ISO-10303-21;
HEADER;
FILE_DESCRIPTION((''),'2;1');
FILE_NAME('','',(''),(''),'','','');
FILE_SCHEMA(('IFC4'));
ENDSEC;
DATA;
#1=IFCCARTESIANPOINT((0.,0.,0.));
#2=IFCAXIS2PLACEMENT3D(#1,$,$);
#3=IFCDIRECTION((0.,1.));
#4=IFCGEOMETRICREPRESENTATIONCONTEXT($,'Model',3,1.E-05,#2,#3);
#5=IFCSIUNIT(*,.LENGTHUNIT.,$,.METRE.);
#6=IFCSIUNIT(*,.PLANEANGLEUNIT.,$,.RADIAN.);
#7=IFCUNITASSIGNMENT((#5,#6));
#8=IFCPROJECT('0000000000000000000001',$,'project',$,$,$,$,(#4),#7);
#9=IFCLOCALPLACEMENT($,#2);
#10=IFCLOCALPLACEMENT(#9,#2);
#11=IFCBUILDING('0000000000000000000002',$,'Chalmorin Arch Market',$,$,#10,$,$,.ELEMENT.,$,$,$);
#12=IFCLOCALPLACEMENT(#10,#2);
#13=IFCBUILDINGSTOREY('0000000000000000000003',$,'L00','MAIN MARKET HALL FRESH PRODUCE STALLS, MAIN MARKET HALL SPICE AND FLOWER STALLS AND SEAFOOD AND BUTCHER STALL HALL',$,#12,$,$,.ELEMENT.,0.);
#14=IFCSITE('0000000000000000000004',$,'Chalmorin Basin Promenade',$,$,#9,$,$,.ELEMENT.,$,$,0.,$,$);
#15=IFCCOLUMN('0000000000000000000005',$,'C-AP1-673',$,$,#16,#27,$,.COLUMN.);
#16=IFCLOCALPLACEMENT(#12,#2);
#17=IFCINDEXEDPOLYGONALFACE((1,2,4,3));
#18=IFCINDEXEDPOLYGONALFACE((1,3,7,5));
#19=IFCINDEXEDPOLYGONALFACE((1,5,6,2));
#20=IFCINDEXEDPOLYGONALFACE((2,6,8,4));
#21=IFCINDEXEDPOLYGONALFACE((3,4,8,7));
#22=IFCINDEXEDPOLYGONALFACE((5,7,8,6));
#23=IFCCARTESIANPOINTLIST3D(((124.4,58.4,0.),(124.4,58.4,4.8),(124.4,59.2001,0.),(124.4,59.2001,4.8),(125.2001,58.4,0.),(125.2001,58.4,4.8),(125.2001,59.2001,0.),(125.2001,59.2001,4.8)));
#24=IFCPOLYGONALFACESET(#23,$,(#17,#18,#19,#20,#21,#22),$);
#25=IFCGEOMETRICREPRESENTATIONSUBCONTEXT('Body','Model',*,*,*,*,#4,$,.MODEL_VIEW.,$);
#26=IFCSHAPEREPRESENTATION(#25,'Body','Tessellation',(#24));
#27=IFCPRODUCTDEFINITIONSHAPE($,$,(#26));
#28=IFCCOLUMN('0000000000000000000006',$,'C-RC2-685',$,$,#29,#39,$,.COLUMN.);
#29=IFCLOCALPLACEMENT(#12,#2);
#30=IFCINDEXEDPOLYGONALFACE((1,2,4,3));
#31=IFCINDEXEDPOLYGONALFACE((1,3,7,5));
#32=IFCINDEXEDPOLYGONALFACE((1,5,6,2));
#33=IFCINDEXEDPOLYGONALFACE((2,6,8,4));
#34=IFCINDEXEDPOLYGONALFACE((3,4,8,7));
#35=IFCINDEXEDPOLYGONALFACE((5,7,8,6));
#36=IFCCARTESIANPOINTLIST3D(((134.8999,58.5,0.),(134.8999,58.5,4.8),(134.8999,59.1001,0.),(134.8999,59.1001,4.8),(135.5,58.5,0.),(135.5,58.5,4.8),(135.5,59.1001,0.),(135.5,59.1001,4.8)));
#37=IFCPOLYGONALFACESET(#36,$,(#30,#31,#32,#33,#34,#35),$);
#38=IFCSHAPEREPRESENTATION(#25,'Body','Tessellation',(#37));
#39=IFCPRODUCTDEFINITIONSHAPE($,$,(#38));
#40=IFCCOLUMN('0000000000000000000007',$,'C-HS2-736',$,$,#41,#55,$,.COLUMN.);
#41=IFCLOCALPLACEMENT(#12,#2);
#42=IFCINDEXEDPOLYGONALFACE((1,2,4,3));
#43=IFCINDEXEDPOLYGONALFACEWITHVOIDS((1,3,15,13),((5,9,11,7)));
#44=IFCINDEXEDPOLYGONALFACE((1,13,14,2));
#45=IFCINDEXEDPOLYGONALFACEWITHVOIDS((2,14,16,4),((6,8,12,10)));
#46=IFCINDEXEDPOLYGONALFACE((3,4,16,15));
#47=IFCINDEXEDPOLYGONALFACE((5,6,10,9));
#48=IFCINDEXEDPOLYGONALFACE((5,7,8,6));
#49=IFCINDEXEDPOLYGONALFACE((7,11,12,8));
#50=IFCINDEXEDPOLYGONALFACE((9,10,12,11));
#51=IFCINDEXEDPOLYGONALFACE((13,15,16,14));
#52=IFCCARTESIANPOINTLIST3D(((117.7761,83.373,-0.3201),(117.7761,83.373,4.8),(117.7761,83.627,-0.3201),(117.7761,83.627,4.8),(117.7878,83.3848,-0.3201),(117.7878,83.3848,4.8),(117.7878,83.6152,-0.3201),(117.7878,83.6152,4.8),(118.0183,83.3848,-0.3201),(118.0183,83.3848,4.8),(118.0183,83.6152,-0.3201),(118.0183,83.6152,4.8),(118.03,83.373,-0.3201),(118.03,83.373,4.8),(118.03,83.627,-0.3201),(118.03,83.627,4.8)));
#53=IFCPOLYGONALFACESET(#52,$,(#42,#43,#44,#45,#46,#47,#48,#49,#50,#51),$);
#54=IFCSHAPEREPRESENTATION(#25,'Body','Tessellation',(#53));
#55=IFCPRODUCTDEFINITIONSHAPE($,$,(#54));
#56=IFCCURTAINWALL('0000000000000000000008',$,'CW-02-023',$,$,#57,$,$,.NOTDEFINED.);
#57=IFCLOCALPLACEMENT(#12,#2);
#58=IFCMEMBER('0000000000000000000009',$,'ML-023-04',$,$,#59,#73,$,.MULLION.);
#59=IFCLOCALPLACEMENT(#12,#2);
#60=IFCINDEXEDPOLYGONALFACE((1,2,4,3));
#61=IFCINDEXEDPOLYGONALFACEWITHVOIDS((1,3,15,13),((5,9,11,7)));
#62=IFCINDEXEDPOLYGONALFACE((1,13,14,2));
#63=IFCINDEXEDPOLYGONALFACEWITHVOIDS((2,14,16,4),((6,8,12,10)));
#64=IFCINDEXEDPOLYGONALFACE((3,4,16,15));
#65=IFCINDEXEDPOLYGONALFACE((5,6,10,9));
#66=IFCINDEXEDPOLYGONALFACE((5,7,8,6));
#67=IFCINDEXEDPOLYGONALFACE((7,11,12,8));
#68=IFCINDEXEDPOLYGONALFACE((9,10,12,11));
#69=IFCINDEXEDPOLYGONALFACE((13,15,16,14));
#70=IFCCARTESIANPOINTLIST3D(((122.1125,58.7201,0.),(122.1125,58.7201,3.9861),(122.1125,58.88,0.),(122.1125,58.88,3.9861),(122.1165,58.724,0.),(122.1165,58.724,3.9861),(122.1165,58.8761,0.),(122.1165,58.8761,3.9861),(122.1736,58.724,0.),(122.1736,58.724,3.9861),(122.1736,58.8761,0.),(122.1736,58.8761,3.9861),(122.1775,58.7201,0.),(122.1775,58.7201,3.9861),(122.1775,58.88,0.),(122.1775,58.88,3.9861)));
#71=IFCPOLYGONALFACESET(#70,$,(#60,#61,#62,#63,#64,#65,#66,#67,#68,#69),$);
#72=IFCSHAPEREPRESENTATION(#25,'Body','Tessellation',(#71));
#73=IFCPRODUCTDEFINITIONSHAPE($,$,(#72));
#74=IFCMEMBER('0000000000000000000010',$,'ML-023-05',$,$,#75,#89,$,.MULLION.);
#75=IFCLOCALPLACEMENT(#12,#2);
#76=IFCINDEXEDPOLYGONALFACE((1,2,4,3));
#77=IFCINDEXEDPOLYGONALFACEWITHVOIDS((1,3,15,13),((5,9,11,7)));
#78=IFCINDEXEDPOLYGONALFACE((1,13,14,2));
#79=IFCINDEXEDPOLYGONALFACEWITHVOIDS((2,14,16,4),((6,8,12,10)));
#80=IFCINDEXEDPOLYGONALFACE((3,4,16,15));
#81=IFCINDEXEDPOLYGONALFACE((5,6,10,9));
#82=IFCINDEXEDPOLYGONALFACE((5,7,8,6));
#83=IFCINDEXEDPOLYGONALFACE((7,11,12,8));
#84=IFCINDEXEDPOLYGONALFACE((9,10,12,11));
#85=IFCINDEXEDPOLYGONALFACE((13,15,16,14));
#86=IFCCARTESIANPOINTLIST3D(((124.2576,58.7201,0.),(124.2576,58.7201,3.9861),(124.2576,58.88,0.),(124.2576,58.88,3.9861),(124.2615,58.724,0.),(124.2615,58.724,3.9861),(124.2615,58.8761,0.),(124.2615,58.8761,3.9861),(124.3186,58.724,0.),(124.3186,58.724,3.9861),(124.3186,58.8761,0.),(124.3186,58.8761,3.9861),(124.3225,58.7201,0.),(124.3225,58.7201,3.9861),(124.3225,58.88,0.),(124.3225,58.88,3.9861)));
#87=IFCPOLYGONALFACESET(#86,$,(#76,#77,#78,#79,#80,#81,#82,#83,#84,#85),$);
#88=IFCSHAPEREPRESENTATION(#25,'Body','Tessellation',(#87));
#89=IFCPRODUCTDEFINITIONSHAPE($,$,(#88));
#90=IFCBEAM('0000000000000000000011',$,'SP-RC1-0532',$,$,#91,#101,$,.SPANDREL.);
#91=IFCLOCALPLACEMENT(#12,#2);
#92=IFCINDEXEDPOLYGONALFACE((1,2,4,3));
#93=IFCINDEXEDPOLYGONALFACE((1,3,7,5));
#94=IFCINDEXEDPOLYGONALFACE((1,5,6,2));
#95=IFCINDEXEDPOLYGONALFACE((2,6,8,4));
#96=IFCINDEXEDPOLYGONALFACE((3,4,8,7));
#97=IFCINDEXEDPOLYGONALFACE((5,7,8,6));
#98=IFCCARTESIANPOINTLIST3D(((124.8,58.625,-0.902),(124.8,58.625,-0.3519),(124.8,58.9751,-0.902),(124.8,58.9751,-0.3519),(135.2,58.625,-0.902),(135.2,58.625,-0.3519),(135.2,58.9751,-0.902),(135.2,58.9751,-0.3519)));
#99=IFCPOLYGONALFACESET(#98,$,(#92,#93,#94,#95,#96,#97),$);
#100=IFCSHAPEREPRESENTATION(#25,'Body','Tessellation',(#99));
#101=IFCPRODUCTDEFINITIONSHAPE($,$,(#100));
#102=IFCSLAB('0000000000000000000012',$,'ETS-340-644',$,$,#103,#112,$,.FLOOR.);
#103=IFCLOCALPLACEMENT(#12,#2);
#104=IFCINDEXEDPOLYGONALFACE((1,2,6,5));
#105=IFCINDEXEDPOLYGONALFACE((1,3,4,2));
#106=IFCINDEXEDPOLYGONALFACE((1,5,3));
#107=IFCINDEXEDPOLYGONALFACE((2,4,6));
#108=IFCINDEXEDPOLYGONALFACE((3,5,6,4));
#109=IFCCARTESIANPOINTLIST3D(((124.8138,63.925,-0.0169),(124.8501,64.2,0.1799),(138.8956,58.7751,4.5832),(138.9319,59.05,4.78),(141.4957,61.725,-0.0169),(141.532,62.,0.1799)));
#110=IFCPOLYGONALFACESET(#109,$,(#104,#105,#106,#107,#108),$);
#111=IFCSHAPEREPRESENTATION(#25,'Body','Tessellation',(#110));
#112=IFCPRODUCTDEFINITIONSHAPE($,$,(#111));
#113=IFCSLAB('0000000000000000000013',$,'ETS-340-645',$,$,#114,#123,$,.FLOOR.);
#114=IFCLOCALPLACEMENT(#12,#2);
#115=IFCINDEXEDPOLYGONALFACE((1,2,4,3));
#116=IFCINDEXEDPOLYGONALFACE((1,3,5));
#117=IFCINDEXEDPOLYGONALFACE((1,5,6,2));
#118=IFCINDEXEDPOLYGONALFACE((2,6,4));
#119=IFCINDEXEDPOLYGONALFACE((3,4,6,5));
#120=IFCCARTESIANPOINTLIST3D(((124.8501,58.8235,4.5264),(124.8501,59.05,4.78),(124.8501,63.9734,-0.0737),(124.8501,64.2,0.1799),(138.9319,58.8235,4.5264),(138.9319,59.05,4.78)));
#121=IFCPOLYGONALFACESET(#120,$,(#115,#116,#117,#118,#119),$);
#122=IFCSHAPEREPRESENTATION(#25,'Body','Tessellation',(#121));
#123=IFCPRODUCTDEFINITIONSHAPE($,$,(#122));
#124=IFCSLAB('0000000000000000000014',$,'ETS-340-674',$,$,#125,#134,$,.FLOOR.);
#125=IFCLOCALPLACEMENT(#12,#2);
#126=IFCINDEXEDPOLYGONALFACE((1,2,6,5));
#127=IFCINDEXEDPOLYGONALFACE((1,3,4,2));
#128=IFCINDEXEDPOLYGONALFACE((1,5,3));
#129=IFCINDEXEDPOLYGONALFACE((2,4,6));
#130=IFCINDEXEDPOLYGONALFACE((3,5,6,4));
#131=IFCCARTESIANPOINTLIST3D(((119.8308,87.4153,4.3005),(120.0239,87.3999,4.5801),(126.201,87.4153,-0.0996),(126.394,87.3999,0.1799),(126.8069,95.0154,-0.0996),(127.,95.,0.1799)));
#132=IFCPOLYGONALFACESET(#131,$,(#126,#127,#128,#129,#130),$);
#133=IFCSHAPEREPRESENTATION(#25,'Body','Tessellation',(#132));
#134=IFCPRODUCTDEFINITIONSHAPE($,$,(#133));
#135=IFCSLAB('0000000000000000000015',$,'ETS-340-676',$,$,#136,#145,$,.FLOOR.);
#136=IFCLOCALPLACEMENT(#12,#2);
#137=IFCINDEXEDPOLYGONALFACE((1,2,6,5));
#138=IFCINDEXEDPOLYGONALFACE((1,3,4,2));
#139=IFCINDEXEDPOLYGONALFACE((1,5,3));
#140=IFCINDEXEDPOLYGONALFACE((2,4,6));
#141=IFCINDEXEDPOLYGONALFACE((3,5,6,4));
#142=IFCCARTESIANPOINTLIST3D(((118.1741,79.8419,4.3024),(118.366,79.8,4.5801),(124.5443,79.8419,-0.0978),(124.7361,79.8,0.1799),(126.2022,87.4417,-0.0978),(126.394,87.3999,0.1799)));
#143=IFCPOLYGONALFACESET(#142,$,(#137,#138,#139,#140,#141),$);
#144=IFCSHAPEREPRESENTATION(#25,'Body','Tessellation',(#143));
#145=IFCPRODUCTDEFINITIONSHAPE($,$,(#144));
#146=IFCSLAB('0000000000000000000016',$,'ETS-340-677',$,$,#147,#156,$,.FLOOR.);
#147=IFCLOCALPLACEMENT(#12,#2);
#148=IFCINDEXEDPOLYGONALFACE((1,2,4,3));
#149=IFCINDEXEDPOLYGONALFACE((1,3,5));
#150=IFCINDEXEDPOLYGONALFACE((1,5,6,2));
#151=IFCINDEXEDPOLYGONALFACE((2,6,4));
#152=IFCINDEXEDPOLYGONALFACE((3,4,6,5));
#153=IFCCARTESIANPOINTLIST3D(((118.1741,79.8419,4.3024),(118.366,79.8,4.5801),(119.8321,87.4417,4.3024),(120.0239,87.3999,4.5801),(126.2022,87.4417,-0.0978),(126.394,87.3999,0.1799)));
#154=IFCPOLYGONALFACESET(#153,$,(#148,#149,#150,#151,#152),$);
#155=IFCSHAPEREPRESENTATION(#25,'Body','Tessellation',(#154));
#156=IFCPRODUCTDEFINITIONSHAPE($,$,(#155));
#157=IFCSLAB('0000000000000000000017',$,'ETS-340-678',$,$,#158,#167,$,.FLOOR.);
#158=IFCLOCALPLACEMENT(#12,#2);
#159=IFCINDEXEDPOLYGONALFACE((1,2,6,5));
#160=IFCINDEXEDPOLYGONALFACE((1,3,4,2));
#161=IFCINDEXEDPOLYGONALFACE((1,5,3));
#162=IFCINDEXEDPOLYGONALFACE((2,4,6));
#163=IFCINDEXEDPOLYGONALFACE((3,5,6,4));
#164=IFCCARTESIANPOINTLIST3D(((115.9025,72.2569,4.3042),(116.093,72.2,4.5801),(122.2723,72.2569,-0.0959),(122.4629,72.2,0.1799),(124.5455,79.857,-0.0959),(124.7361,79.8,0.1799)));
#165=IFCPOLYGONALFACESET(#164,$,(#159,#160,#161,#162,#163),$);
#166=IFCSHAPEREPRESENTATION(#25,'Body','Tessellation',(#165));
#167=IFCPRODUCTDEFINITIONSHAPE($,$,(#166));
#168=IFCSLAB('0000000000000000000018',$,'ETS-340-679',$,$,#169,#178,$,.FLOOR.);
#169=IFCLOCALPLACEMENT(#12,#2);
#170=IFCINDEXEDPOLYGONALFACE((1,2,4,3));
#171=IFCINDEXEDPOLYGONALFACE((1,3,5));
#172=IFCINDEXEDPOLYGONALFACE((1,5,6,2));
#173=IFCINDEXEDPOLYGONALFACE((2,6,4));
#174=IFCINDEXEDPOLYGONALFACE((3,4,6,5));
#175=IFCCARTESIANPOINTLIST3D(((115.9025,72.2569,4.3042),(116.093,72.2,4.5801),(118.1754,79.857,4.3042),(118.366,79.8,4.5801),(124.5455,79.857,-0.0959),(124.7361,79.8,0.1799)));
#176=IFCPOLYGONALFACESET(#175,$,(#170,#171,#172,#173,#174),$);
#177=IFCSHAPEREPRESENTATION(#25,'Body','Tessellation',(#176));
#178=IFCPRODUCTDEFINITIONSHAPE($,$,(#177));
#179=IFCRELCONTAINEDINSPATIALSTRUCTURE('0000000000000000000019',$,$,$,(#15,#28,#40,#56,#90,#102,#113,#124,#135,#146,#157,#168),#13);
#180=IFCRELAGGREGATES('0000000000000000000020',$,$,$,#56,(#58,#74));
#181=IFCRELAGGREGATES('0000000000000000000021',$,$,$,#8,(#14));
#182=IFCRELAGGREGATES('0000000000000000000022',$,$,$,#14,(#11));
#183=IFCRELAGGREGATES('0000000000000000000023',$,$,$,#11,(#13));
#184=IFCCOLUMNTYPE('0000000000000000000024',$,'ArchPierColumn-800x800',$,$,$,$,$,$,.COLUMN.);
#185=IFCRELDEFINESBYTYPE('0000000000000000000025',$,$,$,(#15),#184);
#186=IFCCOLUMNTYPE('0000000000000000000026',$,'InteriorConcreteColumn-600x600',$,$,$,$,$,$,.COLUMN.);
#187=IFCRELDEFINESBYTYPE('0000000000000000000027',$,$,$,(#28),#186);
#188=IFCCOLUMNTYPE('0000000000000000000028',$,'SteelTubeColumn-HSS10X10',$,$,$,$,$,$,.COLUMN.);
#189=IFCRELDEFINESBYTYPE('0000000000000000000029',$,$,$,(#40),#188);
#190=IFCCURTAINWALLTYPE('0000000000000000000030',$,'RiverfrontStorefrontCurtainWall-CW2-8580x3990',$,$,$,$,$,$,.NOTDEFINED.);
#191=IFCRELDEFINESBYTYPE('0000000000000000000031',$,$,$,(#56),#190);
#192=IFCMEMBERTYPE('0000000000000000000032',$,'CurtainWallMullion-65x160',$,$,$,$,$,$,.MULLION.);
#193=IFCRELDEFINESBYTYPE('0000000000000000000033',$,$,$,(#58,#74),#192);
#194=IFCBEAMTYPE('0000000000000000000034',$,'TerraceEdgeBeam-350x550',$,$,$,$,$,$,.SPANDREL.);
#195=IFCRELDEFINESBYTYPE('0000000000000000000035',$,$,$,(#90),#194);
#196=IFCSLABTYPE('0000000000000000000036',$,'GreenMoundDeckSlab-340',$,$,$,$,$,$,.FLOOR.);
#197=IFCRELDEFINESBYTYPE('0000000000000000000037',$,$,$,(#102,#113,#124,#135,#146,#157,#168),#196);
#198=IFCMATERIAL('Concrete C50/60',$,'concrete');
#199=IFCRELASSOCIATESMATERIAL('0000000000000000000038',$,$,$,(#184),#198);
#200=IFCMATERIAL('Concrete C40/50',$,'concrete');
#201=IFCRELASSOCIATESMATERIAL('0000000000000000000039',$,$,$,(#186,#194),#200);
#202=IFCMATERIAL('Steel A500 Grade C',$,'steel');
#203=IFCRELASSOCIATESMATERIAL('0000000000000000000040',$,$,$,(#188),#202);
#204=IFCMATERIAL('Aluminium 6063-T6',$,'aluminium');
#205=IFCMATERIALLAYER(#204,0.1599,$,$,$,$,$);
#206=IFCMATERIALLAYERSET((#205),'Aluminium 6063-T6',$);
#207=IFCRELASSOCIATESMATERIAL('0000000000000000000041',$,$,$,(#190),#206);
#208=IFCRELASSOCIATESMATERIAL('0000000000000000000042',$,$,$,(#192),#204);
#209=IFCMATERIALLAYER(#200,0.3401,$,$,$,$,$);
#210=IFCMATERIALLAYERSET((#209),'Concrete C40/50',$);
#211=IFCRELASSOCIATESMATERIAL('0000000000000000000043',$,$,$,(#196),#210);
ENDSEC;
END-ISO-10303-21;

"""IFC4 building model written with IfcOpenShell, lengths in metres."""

from ifc_helpers import new_model, si_unit, direction, frame, origin, origin_2d, place, context, subcontext, project, spatial, polyline, rectangle, hollow_rectangle, outline, extrude, material, layer, layer_set, material_profile, profile_set, type_object, element, aggregate, save


model = new_model("IFC4")

# Units and contexts
model_context = context("Model", 3, precision=1e-05, world=origin(), true_north=direction((0.0, 1.0)))
body_context = subcontext(model_context, "Body", "Model", "MODEL_VIEW")
ifc_project = project(units=[si_unit("LENGTHUNIT", "METRE"), si_unit("PLANEANGLEUNIT", "RADIAN")], contexts=[model_context])

# Site, building, storey
site_placement = place(None, origin())
site = spatial("IfcSite", under=ifc_project, at=site_placement, Name="Chalmorin Basin Promenade", CompositionType="ELEMENT", RefElevation=0.0)
building_placement = place(site_placement, origin())
building = spatial("IfcBuilding", under=site, at=building_placement, Name="Chalmorin Arch Market", CompositionType="ELEMENT")
storey_placement = place(building_placement, origin())
storey = spatial("IfcBuildingStorey", under=building, at=storey_placement, Name="L00", Description="MAIN MARKET HALL FRESH PRODUCE STALLS, MAIN MARKET HALL SPICE AND FLOWER STALLS AND SEAFOOD AND BUTCHER STALL HALL", CompositionType="ELEMENT", Elevation=0.0)

# Columns
ifc_material_1 = material(Name="Concrete C50/60", Category="concrete")
ifc_material_profile_1 = material_profile(ifc_material_1, rectangle(XDim=0.8, YDim=0.8, at=origin_2d()), Name="RC800X800")
ifc_profile_set_1 = profile_set([ifc_material_profile_1], Name="Concrete C50/60")
column_type_1 = type_object("IfcColumnType", Name="ArchPierColumn-800x800", PredefinedType="COLUMN", material=ifc_profile_set_1)
column_1_placement = place(storey_placement, frame((124.8, 58.8, 0.0), z_axis=(0.0, 0.0, 1.0), x_axis=(1.0, 0.0, 0.0)))
element("IfcColumn", 1, at=column_1_placement, inside=storey, type_object=column_type_1, Name="C-AP1-673", PredefinedType="COLUMN", context=body_context, shape_type="SweptSolid", body=[
    extrude(rectangle(XDim=0.8, YDim=0.8, at=origin_2d()), origin(), (0.0, 0.0, 1.0), 4.8),
])
ifc_material_2 = material(Name="Concrete C40/50", Category="concrete")
ifc_material_profile_2 = material_profile(ifc_material_2, rectangle(XDim=0.6001, YDim=0.6001, at=origin_2d()), Name="RC600X600")
ifc_profile_set_2 = profile_set([ifc_material_profile_2], Name="Concrete C40/50")
column_type_2 = type_object("IfcColumnType", Name="InteriorConcreteColumn-600x600", PredefinedType="COLUMN", material=ifc_profile_set_2)
column_2_placement = place(storey_placement, frame((135.2, 58.8, 0.0), z_axis=(0.0, 0.0, 1.0), x_axis=(1.0, 0.0, 0.0)))
element("IfcColumn", 2, at=column_2_placement, inside=storey, type_object=column_type_2, Name="C-RC2-685", PredefinedType="COLUMN", context=body_context, shape_type="SweptSolid", body=[
    extrude(rectangle(XDim=0.6001, YDim=0.6001, at=origin_2d()), origin(), (0.0, 0.0, 1.0), 4.8),
])
ifc_material_3 = material(Name="Steel A500 Grade C", Category="steel")
ifc_material_profile_3 = material_profile(ifc_material_3, hollow_rectangle(XDim=0.2539, YDim=0.2539, WallThickness=0.0117, at=origin_2d()), Name="HSS10X10X1/2")
ifc_profile_set_3 = profile_set([ifc_material_profile_3], Name="Steel A500 Grade C")
column_type_3 = type_object("IfcColumnType", Name="SteelTubeColumn-HSS10X10", PredefinedType="COLUMN", material=ifc_profile_set_3)
column_3_placement = place(storey_placement, frame((117.9031, 83.5, -0.3201), z_axis=(0.0, 0.0, 1.0), x_axis=(1.0, 0.0, 0.0)))
element("IfcColumn", 3, at=column_3_placement, inside=storey, type_object=column_type_3, Name="C-HS2-736", PredefinedType="COLUMN", context=body_context, shape_type="SweptSolid", body=[
    extrude(hollow_rectangle(XDim=0.2539, YDim=0.2539, WallThickness=0.0117, at=origin_2d()), origin(), (0.0, 0.0, 1.0), 5.1201),
])

# Curtain wall, members
ifc_material_4 = material(Name="Aluminium 6063-T6", Category="aluminium")
ifc_layer_1 = layer(ifc_material_4, 0.1599)
ifc_layer_set_1 = layer_set([ifc_layer_1], Name="Aluminium 6063-T6")
curtain_wall_type = type_object("IfcCurtainWallType", Name="RiverfrontStorefrontCurtainWall-CW2-8580x3990", PredefinedType="NOTDEFINED", material=ifc_layer_set_1)
curtain_wall_placement = place(storey_placement, origin())
curtain_wall = element("IfcCurtainWall", 4, at=curtain_wall_placement, inside=storey, type_object=curtain_wall_type, Name="CW-02-023", PredefinedType="NOTDEFINED")
ifc_material_profile_4 = material_profile(ifc_material_4, hollow_rectangle(XDim=0.0649, YDim=0.1599, WallThickness=0.0039, at=origin_2d()), Name="ALU65X160X4")
ifc_profile_set_4 = profile_set([ifc_material_profile_4], Name="Aluminium 6063-T6")
member_type = type_object("IfcMemberType", Name="CurtainWallMullion-65x160", PredefinedType="MULLION", material=ifc_profile_set_4)
member_1_placement = place(storey_placement, frame((122.145, 58.8, 0.0), z_axis=(0.0, 0.0, 1.0), x_axis=(1.0, 0.0, 0.0)))
member_1 = element("IfcMember", 5, at=member_1_placement, type_object=member_type, Name="ML-023-04", PredefinedType="MULLION", context=body_context, shape_type="SweptSolid", body=[
    extrude(hollow_rectangle(XDim=0.0649, YDim=0.1599, WallThickness=0.0039, at=origin_2d()), origin(), (0.0, 0.0, 1.0), 3.9861),
])
member_2_placement = place(storey_placement, frame((124.29, 58.8, 0.0), z_axis=(0.0, 0.0, 1.0), x_axis=(1.0, 0.0, 0.0)))
member_2 = element("IfcMember", 6, at=member_2_placement, type_object=member_type, Name="ML-023-05", PredefinedType="MULLION", context=body_context, shape_type="SweptSolid", body=[
    extrude(hollow_rectangle(XDim=0.0649, YDim=0.1599, WallThickness=0.0039, at=origin_2d()), origin(), (0.0, 0.0, 1.0), 3.9861),
])

# Beam
ifc_material_profile_5 = material_profile(ifc_material_2, rectangle(XDim=0.3501, YDim=0.55, at=origin_2d()), Name="RC350X550")
ifc_profile_set_5 = profile_set([ifc_material_profile_5], Name="Concrete C40/50")
beam_type = type_object("IfcBeamType", Name="TerraceEdgeBeam-350x550", PredefinedType="SPANDREL", material=ifc_profile_set_5)
beam_placement = place(storey_placement, frame((124.8, 58.8, -0.627), z_axis=(1.0, 0.0, 0.0), x_axis=(0.0, 1.0, 0.0)))
element("IfcBeam", 7, at=beam_placement, inside=storey, type_object=beam_type, Name="SP-RC1-0532", PredefinedType="SPANDREL", context=body_context, shape_type="SweptSolid", body=[
    extrude(rectangle(XDim=0.3501, YDim=0.55, at=origin_2d()), origin(), (0.0, 0.0, 1.0), 10.3999),
])

# Slabs
ifc_layer_2 = layer(ifc_material_2, 0.3401)
ifc_layer_set_2 = layer_set([ifc_layer_2], Name="Concrete C40/50")
slab_type = type_object("IfcSlabType", Name="GreenMoundDeckSlab-340", PredefinedType="FLOOR", material=ifc_layer_set_2)
slab_1_placement = place(storey_placement, frame((138.9319, 59.05, 4.78), z_axis=(0.106623, 0.808508, 0.578746), x_axis=(0.429644, 0.487455, -0.760127)))
element("IfcSlab", 8, at=slab_1_placement, inside=storey, type_object=slab_type, Name="ETS-340-644", PredefinedType="FLOOR", context=body_context, shape_type="SweptSolid", body=[
    extrude(outline(polyline([(0.0, 0.0), (6.0517, 0.0), (-0.0432, 15.6837), (0.0, 0.0)])), origin(), (0.0, 0.0, -1.0), 0.3401),
])
slab_2_placement = place(storey_placement, frame((124.8501, 59.05, 4.78), z_axis=(0.0, 0.666175, 0.745796), x_axis=(1.0, 0.0, 0.0)))
element("IfcSlab", 9, at=slab_2_placement, inside=storey, type_object=slab_type, Name="ETS-340-645", PredefinedType="FLOOR", context=body_context, shape_type="SweptSolid", body=[
    extrude(outline(polyline([(0.0, 0.0), (14.0818, 0.0), (0.0, 6.9052), (0.0, 0.0)])), origin(), (0.0, 0.0, -1.0), 0.3401),
])
slab_3_placement = place(storey_placement, frame((120.0239, 87.3999, 4.5801), z_axis=(0.56776, -0.045268, 0.821949), x_axis=(0.822792, 0.0, -0.568342)))
element("IfcSlab", 10, at=slab_3_placement, inside=storey, type_object=slab_type, Name="ETS-340-674", PredefinedType="FLOOR", context=body_context, shape_type="SweptSolid", body=[
    extrude(outline(polyline([(0.0, 0.0), (7.7421, 0.0), (8.2406, 7.6079), (0.0, 0.0)])), origin(), (0.0, 0.0, -1.0), 0.3401),
])
slab_4_placement = place(storey_placement, frame((118.366, 79.8, 4.5801), z_axis=(0.564023, -0.123045, 0.81654), x_axis=(0.822792, 0.0, -0.568342)))
element("IfcSlab", 11, at=slab_4_placement, inside=storey, type_object=slab_type, Name="ETS-340-676", PredefinedType="FLOOR", context=body_context, shape_type="SweptSolid", body=[
    extrude(outline(polyline([(0.0, 0.0), (7.7421, 0.0), (9.1062, 7.658), (0.0, 0.0)])), origin(), (0.0, 0.0, -1.0), 0.3401),
])
slab_5_placement = place(storey_placement, frame((120.0239, 87.3999, 4.5801), z_axis=(0.564023, -0.123045, 0.81654), x_axis=(-0.213144, -0.977021, 0.0)))
element("IfcSlab", 12, at=slab_5_placement, inside=storey, type_object=slab_type, Name="ETS-340-677", PredefinedType="FLOOR", context=body_context, shape_type="SweptSolid", body=[
    extrude(outline(polyline([(0.0, 0.0), (7.7786, 0.0), (-1.3578, 7.6221), (0.0, 0.0)])), origin(), (0.0, 0.0, -1.0), 0.3401),
])
slab_6_placement = place(storey_placement, frame((116.093, 72.2, 4.5801), z_axis=(0.560318, -0.167592, 0.811145), x_axis=(0.822782, 0.0, -0.568357)))
element("IfcSlab", 13, at=slab_6_placement, inside=storey, type_object=slab_type, Name="ETS-340-678", PredefinedType="FLOOR", context=body_context, shape_type="SweptSolid", body=[
    extrude(outline(polyline([(0.0, 0.0), (7.7419, 0.0), (9.6122, 7.7091), (0.0, 0.0)])), origin(), (0.0, 0.0, -1.0), 0.3401),
])
slab_7_placement = place(storey_placement, frame((118.366, 79.8, 4.5801), z_axis=(0.560306, -0.16757, 0.811158), x_axis=(-0.286529, -0.958072, 0.0)))
element("IfcSlab", 14, at=slab_7_placement, inside=storey, type_object=slab_type, Name="ETS-340-679", PredefinedType="FLOOR", context=body_context, shape_type="SweptSolid", body=[
    extrude(outline(polyline([(0.0, 0.0), (7.9327, 0.0), (-1.8252, 7.5238), (0.0, 0.0)])), origin(), (0.0, 0.0, -1.0), 0.3401),
])

aggregate(curtain_wall, [member_1, member_2])

save(model, "model.ifc")
